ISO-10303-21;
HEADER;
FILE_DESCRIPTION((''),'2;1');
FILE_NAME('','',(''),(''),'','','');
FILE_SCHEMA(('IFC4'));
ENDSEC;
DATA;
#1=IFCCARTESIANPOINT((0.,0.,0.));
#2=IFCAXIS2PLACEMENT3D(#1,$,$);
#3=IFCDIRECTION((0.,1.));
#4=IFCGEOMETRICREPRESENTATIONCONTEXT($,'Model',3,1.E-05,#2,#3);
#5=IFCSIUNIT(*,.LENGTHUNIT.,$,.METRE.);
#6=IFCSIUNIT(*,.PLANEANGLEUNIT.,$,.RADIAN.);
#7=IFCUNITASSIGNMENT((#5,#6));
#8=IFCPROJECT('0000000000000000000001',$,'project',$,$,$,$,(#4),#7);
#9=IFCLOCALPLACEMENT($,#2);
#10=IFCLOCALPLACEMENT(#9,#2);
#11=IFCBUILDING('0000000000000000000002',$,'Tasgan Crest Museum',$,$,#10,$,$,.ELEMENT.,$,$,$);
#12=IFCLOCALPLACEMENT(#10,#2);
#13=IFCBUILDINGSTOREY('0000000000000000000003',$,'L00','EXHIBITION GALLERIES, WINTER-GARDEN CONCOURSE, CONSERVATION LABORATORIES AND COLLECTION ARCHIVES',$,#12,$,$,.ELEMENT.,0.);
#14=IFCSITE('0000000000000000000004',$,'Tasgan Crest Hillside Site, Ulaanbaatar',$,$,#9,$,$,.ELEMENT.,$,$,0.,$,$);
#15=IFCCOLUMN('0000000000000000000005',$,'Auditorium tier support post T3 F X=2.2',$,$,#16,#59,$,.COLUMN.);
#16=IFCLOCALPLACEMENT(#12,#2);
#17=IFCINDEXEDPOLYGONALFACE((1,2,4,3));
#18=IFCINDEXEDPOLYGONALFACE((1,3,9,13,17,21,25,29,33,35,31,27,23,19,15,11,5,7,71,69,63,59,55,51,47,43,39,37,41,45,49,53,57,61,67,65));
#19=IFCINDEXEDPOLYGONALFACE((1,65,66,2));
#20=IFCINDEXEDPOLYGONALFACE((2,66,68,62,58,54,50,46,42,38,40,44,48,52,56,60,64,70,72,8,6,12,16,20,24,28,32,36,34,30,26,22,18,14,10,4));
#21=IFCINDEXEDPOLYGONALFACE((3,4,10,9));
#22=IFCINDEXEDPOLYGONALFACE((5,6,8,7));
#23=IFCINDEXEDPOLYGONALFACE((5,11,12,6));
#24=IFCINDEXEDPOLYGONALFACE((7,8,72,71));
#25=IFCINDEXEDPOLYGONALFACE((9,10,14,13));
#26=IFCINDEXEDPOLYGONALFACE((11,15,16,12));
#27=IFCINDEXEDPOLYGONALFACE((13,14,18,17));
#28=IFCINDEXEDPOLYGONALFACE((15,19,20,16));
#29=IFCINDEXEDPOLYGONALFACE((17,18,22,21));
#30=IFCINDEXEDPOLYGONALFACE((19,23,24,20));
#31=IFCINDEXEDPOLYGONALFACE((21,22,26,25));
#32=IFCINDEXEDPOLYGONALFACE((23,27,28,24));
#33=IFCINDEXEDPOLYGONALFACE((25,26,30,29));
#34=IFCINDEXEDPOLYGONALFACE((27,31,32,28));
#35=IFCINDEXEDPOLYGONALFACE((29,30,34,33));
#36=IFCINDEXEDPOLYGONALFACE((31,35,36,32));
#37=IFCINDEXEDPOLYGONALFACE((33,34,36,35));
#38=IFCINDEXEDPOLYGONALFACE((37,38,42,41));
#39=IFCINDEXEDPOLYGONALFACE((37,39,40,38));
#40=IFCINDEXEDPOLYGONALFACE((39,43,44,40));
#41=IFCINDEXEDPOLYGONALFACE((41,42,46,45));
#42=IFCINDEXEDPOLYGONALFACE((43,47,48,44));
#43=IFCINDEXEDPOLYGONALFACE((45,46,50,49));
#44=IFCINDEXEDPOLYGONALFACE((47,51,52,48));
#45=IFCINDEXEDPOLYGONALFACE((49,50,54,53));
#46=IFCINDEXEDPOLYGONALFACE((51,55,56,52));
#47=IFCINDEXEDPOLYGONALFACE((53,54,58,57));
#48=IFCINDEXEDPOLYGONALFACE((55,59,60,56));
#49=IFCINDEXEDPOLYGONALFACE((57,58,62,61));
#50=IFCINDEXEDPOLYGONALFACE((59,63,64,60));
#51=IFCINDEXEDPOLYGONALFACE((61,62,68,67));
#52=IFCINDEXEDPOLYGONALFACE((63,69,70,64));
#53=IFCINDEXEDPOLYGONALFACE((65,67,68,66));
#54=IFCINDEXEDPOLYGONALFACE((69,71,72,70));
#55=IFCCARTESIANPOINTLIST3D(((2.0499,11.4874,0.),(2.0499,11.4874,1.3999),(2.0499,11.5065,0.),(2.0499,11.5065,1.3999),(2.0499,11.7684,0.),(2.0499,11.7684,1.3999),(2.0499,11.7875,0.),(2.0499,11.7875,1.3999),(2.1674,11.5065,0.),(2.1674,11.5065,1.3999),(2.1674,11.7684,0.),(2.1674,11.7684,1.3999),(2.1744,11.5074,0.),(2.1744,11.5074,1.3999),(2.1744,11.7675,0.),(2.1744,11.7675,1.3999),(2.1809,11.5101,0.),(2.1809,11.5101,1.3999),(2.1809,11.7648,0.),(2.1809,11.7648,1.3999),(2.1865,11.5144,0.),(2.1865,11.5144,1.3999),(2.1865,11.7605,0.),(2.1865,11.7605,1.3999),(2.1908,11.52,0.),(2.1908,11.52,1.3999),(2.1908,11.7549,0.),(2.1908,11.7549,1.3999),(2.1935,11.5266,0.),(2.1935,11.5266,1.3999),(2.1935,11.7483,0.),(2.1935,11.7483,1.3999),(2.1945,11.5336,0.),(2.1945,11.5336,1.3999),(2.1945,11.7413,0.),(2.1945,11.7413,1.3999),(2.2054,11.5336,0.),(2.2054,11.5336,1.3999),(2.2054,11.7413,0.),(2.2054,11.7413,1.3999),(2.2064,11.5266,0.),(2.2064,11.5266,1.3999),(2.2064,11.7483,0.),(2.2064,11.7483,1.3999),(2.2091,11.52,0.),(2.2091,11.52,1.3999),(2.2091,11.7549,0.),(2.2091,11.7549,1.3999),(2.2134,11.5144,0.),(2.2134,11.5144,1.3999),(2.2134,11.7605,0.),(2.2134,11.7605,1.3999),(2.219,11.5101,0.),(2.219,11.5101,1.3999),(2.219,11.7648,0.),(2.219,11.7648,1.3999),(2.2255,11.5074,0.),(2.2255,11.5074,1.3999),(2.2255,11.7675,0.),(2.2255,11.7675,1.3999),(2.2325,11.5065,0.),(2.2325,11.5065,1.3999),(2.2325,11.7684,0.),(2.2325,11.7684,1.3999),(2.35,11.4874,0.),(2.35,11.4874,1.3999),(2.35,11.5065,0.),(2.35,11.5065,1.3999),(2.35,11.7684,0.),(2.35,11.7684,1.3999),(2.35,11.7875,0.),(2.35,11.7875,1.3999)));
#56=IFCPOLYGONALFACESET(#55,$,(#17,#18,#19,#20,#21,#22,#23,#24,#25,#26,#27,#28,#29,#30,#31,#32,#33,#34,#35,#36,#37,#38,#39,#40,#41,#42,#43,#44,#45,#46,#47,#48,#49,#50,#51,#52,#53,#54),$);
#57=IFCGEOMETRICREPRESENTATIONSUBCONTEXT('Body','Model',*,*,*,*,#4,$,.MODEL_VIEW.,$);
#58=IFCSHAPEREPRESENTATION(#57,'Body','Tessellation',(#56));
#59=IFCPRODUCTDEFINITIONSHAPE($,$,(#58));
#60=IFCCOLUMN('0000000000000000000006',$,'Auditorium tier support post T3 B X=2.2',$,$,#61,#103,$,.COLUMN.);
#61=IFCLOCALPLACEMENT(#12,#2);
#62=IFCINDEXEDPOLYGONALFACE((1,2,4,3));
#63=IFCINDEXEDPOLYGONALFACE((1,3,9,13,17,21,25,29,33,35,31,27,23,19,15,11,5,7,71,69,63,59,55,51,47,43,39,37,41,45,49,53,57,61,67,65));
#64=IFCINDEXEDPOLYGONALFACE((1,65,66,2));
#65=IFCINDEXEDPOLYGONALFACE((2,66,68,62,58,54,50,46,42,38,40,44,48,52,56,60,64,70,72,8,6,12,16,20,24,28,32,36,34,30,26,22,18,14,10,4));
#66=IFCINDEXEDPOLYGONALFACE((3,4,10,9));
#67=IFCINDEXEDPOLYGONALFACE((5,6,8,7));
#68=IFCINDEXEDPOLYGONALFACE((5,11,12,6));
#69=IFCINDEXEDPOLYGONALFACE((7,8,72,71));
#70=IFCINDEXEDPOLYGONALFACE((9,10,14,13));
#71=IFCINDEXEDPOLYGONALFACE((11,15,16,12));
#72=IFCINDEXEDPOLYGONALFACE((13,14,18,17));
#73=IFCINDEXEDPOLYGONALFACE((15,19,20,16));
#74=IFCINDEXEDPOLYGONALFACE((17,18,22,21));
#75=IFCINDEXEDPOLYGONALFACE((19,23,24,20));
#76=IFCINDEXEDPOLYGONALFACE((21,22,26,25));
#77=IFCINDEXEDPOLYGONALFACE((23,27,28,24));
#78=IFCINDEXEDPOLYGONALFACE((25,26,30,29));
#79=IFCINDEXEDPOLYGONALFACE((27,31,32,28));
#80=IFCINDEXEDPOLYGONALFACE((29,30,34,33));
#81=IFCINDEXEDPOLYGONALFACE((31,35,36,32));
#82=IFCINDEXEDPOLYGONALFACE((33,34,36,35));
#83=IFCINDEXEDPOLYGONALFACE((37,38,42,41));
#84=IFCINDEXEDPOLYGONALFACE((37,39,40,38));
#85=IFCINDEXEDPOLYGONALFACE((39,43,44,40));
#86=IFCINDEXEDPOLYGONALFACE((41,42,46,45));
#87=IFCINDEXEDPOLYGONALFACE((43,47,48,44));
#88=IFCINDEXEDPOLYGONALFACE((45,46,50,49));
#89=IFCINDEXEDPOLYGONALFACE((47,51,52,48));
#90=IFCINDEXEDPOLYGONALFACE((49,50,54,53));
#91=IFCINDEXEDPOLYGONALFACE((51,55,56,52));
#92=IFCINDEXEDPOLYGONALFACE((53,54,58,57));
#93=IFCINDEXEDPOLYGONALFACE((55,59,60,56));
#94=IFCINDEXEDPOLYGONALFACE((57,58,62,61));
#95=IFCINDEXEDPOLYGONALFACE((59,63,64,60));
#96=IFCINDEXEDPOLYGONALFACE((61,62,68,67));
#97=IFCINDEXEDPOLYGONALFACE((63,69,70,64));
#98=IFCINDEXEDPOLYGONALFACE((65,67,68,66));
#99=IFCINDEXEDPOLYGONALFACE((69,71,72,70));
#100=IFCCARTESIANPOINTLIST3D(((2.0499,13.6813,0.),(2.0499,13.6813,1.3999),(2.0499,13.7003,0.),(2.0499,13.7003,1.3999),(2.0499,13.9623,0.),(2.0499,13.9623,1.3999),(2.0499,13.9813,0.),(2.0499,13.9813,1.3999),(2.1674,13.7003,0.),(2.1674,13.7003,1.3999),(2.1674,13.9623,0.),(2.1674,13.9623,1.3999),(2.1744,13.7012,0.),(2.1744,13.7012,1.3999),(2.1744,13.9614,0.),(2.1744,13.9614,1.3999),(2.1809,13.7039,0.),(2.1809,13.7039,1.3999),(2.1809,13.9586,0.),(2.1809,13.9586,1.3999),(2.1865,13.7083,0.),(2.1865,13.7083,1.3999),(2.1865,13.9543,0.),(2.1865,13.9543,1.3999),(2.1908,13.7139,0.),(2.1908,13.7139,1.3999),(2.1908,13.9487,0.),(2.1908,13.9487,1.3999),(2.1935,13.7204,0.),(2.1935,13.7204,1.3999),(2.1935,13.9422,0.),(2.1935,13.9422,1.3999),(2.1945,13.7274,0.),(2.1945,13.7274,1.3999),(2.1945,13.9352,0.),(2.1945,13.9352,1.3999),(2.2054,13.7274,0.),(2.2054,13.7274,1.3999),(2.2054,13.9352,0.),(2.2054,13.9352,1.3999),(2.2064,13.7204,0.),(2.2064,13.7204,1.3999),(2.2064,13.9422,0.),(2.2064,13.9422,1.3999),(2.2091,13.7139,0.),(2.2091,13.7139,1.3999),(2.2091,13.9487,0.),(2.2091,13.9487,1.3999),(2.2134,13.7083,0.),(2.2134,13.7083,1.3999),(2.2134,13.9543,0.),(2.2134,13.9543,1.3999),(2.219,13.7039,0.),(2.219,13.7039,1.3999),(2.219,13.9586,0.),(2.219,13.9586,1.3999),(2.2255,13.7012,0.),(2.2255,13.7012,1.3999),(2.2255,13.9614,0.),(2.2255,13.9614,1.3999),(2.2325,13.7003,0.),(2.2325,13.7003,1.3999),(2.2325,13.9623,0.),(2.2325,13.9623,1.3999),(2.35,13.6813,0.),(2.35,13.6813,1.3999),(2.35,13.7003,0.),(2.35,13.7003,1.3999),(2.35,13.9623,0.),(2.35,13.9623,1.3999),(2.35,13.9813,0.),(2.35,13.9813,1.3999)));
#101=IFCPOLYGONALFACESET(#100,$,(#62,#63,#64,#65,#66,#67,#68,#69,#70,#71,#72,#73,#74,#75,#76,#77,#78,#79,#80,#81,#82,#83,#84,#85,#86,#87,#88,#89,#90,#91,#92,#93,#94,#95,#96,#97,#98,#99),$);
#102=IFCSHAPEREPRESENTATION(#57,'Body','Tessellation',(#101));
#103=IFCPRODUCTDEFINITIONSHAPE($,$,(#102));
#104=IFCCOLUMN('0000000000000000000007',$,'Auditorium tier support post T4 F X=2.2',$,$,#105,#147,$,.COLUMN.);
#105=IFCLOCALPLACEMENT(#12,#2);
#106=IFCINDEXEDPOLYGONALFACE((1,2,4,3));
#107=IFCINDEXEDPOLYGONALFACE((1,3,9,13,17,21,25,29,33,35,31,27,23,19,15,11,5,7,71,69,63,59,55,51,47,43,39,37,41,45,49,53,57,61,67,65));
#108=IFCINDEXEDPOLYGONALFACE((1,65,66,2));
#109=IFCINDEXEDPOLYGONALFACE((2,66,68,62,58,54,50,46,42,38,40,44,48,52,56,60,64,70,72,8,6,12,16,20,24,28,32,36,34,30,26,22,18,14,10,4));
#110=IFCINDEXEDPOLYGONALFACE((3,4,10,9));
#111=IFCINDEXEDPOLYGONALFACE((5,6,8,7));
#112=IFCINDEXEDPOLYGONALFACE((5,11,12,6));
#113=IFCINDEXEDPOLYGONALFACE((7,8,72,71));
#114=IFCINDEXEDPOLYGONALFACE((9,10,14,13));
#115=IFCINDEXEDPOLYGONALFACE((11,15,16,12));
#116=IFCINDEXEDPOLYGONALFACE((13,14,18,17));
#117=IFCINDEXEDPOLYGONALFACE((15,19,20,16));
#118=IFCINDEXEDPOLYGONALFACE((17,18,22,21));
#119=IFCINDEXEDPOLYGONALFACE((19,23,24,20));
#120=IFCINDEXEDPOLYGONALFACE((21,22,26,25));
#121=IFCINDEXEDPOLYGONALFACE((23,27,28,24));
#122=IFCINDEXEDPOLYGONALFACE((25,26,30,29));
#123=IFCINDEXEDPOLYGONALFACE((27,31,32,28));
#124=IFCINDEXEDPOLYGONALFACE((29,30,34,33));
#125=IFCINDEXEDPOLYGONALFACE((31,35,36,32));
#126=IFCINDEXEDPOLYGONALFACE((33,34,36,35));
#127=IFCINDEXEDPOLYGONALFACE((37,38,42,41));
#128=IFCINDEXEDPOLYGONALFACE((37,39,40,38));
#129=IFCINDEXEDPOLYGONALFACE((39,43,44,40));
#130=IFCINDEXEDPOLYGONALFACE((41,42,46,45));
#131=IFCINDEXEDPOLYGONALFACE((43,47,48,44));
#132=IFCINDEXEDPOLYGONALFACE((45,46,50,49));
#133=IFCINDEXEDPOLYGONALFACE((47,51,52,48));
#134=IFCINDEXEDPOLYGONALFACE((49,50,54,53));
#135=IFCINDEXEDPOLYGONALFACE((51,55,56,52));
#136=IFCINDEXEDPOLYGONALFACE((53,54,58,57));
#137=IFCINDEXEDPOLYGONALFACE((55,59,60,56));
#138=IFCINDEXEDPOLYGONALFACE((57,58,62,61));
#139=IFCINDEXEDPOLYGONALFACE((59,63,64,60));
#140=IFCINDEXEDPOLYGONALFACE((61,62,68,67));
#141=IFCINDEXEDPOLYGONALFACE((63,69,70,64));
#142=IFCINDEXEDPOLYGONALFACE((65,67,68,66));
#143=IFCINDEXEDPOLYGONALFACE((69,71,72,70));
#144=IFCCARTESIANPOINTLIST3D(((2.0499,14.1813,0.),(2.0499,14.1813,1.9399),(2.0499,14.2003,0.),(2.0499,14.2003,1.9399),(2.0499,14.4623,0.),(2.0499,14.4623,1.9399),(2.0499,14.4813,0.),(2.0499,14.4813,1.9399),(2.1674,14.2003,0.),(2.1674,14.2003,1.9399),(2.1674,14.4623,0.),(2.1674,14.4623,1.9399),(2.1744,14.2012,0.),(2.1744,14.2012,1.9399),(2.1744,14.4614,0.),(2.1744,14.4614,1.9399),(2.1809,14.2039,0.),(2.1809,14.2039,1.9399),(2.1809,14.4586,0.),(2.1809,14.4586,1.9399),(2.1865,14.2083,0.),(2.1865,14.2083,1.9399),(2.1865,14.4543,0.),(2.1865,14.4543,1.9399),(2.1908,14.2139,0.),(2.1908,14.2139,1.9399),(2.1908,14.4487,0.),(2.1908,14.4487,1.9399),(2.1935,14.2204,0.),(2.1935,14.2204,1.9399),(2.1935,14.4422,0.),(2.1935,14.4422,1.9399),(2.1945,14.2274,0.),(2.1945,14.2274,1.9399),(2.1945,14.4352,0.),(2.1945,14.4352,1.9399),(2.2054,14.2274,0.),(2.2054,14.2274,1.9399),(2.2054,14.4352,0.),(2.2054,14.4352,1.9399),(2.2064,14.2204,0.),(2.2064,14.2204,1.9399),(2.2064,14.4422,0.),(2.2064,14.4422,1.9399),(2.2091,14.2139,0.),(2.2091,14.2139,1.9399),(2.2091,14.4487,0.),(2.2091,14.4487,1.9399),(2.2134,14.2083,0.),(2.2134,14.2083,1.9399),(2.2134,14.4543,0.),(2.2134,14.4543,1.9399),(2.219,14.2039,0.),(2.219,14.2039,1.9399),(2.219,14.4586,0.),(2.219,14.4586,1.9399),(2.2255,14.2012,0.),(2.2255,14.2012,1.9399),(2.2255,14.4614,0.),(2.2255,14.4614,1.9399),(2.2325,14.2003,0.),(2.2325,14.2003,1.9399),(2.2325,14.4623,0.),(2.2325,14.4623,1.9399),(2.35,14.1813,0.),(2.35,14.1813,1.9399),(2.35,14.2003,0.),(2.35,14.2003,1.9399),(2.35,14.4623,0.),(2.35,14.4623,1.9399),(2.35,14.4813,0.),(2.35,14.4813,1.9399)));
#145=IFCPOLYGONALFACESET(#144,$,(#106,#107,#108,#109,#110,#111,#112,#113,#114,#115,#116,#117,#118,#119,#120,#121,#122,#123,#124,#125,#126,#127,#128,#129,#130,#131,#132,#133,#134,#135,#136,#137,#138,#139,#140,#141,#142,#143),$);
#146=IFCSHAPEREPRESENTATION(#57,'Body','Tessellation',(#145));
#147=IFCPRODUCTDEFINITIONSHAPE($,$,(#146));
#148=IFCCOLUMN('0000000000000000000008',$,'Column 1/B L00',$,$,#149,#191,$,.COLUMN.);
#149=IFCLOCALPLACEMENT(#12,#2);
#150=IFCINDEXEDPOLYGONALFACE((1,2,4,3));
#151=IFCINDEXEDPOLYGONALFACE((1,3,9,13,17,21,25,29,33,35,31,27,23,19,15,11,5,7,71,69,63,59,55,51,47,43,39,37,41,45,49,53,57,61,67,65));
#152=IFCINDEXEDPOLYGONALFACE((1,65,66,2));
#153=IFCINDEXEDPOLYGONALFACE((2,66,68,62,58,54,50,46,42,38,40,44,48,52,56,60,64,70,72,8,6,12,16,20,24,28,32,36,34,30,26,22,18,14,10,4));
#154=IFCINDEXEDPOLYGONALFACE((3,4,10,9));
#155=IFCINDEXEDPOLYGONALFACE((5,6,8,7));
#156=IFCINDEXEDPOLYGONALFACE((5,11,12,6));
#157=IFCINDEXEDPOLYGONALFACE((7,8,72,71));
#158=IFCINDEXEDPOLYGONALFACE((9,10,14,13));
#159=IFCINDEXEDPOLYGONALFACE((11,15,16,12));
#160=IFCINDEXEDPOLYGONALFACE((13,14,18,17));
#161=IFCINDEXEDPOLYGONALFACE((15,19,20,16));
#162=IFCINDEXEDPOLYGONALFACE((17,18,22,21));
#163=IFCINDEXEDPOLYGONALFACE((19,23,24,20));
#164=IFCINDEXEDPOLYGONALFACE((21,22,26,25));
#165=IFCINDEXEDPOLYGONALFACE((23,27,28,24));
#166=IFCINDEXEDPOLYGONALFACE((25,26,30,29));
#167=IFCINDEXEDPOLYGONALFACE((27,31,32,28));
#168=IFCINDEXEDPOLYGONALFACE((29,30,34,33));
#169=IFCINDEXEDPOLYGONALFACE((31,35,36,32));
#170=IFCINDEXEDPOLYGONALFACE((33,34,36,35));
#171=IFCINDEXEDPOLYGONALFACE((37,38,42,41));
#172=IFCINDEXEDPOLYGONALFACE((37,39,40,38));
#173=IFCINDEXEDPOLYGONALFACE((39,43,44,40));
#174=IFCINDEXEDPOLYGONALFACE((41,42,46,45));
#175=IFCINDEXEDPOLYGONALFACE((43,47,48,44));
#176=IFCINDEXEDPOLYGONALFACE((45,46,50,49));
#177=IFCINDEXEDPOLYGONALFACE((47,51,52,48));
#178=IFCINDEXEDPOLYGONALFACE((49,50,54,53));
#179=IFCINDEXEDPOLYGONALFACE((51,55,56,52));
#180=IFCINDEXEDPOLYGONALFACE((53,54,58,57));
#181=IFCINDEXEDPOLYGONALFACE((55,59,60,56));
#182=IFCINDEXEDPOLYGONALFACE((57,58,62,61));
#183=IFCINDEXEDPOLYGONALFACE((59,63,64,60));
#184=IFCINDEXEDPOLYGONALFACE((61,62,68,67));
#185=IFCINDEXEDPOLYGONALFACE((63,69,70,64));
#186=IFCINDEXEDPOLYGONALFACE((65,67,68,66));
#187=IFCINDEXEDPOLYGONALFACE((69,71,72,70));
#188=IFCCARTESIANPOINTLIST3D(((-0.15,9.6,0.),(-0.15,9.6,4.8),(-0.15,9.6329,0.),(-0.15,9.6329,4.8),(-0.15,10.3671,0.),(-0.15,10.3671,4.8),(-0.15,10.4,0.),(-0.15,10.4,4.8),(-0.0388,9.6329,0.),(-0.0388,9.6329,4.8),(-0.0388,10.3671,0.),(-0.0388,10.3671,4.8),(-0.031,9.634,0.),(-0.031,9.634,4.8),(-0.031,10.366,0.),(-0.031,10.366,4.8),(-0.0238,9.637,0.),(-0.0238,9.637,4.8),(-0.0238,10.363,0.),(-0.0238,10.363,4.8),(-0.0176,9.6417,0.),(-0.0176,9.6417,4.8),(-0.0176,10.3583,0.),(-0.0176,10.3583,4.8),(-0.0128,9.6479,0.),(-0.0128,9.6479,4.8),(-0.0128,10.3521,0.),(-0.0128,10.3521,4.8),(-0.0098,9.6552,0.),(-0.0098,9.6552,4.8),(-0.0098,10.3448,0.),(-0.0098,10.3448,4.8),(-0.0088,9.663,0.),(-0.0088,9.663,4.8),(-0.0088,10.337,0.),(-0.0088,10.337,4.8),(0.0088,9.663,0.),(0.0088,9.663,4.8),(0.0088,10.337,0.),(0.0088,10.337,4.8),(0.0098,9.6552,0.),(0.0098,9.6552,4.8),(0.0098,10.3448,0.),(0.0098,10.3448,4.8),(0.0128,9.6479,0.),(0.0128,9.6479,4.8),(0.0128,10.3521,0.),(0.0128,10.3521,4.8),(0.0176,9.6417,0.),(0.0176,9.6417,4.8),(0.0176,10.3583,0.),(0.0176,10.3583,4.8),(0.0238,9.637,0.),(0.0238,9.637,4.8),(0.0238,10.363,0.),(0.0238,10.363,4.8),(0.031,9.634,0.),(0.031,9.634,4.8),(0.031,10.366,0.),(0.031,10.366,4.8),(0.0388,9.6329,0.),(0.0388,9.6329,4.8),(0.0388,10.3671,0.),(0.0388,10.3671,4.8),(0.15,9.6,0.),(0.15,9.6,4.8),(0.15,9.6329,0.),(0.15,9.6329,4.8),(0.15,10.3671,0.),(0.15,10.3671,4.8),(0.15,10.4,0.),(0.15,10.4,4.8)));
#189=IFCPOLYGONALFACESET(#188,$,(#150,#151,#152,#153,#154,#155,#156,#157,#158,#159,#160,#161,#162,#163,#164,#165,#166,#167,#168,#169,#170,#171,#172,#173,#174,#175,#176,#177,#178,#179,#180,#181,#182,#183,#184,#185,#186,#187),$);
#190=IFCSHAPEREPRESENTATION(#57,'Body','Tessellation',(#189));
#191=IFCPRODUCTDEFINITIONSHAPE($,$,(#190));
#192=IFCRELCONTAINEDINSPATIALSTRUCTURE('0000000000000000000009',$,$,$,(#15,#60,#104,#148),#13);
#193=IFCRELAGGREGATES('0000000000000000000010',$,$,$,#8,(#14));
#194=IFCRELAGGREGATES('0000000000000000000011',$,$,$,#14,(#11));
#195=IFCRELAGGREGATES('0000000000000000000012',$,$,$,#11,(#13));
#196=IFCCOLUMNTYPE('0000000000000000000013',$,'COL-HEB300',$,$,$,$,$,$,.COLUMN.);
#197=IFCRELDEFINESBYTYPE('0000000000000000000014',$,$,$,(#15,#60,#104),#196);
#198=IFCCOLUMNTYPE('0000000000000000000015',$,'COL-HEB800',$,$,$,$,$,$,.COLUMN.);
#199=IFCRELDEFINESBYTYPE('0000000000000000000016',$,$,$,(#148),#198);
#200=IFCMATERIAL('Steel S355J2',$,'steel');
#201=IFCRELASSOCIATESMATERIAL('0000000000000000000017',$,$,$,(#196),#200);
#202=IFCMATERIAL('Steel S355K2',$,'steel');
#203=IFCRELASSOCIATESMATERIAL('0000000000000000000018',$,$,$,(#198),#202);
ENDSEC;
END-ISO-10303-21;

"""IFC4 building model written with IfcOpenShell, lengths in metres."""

from ifc_helpers import new_model, si_unit, direction, frame, origin, origin_2d, place, context, subcontext, project, spatial, i_section, extrude, material, material_profile, profile_set, type_object, element, save


model = new_model("IFC4")

# Units and contexts
model_context = context("Model", 3, precision=1e-05, world=origin(), true_north=direction((0.0, 1.0)))
body_context = subcontext(model_context, "Body", "Model", "MODEL_VIEW")
ifc_project = project(units=[si_unit("LENGTHUNIT", "METRE"), si_unit("PLANEANGLEUNIT", "RADIAN")], contexts=[model_context])

# Site, building, storey
site_placement = place(None, origin())
site = spatial("IfcSite", under=ifc_project, at=site_placement, Name="Tasgan Crest Hillside Site, Ulaanbaatar", CompositionType="ELEMENT", RefElevation=0.0)
building_placement = place(site_placement, origin())
building = spatial("IfcBuilding", under=site, at=building_placement, Name="Tasgan Crest Museum", CompositionType="ELEMENT")
storey_placement = place(building_placement, origin())
storey = spatial("IfcBuildingStorey", under=building, at=storey_placement, Name="L00", Description="EXHIBITION GALLERIES, WINTER-GARDEN CONCOURSE, CONSERVATION LABORATORIES AND COLLECTION ARCHIVES", CompositionType="ELEMENT", Elevation=0.0)

# Columns
ifc_material_1 = material(Name="Steel S355J2", Category="steel")
ifc_material_profile_1 = material_profile(ifc_material_1, i_section(OverallWidth=0.3, OverallDepth=0.3, WebThickness=0.011, FlangeThickness=0.019, FilletRadius=0.0271, at=origin_2d()), Name="HEB 300")
ifc_profile_set_1 = profile_set([ifc_material_profile_1], Name="Steel S355J2")
column_type_1 = type_object("IfcColumnType", Name="COL-HEB300", PredefinedType="COLUMN", material=ifc_profile_set_1)
for number, where, z_axis, x_axis, name in (
    (1, (2.2, 11.6375, 0.0), (0.0, 0.0, 1.0), (1.0, 0.0, 0.0), "Auditorium tier support post T3 F X=2.2"),
    (2, (2.2, 13.8313, 0.0), (0.0, 0.0, 1.0), (1.0, 0.0, 0.0), "Auditorium tier support post T3 B X=2.2"),
):
    element("IfcColumn", number, at=place(storey_placement, frame(where, z_axis=z_axis, x_axis=x_axis)), inside=storey, type_object=column_type_1, Name=name, PredefinedType="COLUMN", context=body_context, shape_type="SweptSolid", body=[
        extrude(i_section(OverallWidth=0.3, OverallDepth=0.3, WebThickness=0.011, FlangeThickness=0.019, FilletRadius=0.0271, at=origin_2d()), origin(), (0.0, 0.0, 1.0), 1.3999),
    ])
column_1_placement = place(storey_placement, frame((2.2, 14.3313, 0.0), z_axis=(0.0, 0.0, 1.0), x_axis=(1.0, 0.0, 0.0)))
element("IfcColumn", 3, at=column_1_placement, inside=storey, type_object=column_type_1, Name="Auditorium tier support post T4 F X=2.2", PredefinedType="COLUMN", context=body_context, shape_type="SweptSolid", body=[
    extrude(i_section(OverallWidth=0.3, OverallDepth=0.3, WebThickness=0.011, FlangeThickness=0.019, FilletRadius=0.0271, at=origin_2d()), origin(), (0.0, 0.0, 1.0), 1.9399),
])
ifc_material_2 = material(Name="Steel S355K2", Category="steel")
ifc_material_profile_2 = material_profile(ifc_material_2, i_section(OverallWidth=0.3, OverallDepth=0.8, WebThickness=0.0176, FlangeThickness=0.033, FilletRadius=0.03, at=origin_2d()), Name="HEB 800")
ifc_profile_set_2 = profile_set([ifc_material_profile_2], Name="Steel S355K2")
column_type_2 = type_object("IfcColumnType", Name="COL-HEB800", PredefinedType="COLUMN", material=ifc_profile_set_2)
column_2_placement = place(storey_placement, frame((0.0, 10.0, 0.0), z_axis=(0.0, 0.0, 1.0), x_axis=(1.0, 0.0, 0.0)))
element("IfcColumn", 4, at=column_2_placement, inside=storey, type_object=column_type_2, Name="Column 1/B L00", PredefinedType="COLUMN", context=body_context, shape_type="SweptSolid", body=[
    extrude(i_section(OverallWidth=0.3, OverallDepth=0.8, WebThickness=0.0176, FlangeThickness=0.033, FilletRadius=0.03, at=origin_2d()), origin(), (0.0, 0.0, 1.0), 4.8),
])

save(model, "model.ifc")
